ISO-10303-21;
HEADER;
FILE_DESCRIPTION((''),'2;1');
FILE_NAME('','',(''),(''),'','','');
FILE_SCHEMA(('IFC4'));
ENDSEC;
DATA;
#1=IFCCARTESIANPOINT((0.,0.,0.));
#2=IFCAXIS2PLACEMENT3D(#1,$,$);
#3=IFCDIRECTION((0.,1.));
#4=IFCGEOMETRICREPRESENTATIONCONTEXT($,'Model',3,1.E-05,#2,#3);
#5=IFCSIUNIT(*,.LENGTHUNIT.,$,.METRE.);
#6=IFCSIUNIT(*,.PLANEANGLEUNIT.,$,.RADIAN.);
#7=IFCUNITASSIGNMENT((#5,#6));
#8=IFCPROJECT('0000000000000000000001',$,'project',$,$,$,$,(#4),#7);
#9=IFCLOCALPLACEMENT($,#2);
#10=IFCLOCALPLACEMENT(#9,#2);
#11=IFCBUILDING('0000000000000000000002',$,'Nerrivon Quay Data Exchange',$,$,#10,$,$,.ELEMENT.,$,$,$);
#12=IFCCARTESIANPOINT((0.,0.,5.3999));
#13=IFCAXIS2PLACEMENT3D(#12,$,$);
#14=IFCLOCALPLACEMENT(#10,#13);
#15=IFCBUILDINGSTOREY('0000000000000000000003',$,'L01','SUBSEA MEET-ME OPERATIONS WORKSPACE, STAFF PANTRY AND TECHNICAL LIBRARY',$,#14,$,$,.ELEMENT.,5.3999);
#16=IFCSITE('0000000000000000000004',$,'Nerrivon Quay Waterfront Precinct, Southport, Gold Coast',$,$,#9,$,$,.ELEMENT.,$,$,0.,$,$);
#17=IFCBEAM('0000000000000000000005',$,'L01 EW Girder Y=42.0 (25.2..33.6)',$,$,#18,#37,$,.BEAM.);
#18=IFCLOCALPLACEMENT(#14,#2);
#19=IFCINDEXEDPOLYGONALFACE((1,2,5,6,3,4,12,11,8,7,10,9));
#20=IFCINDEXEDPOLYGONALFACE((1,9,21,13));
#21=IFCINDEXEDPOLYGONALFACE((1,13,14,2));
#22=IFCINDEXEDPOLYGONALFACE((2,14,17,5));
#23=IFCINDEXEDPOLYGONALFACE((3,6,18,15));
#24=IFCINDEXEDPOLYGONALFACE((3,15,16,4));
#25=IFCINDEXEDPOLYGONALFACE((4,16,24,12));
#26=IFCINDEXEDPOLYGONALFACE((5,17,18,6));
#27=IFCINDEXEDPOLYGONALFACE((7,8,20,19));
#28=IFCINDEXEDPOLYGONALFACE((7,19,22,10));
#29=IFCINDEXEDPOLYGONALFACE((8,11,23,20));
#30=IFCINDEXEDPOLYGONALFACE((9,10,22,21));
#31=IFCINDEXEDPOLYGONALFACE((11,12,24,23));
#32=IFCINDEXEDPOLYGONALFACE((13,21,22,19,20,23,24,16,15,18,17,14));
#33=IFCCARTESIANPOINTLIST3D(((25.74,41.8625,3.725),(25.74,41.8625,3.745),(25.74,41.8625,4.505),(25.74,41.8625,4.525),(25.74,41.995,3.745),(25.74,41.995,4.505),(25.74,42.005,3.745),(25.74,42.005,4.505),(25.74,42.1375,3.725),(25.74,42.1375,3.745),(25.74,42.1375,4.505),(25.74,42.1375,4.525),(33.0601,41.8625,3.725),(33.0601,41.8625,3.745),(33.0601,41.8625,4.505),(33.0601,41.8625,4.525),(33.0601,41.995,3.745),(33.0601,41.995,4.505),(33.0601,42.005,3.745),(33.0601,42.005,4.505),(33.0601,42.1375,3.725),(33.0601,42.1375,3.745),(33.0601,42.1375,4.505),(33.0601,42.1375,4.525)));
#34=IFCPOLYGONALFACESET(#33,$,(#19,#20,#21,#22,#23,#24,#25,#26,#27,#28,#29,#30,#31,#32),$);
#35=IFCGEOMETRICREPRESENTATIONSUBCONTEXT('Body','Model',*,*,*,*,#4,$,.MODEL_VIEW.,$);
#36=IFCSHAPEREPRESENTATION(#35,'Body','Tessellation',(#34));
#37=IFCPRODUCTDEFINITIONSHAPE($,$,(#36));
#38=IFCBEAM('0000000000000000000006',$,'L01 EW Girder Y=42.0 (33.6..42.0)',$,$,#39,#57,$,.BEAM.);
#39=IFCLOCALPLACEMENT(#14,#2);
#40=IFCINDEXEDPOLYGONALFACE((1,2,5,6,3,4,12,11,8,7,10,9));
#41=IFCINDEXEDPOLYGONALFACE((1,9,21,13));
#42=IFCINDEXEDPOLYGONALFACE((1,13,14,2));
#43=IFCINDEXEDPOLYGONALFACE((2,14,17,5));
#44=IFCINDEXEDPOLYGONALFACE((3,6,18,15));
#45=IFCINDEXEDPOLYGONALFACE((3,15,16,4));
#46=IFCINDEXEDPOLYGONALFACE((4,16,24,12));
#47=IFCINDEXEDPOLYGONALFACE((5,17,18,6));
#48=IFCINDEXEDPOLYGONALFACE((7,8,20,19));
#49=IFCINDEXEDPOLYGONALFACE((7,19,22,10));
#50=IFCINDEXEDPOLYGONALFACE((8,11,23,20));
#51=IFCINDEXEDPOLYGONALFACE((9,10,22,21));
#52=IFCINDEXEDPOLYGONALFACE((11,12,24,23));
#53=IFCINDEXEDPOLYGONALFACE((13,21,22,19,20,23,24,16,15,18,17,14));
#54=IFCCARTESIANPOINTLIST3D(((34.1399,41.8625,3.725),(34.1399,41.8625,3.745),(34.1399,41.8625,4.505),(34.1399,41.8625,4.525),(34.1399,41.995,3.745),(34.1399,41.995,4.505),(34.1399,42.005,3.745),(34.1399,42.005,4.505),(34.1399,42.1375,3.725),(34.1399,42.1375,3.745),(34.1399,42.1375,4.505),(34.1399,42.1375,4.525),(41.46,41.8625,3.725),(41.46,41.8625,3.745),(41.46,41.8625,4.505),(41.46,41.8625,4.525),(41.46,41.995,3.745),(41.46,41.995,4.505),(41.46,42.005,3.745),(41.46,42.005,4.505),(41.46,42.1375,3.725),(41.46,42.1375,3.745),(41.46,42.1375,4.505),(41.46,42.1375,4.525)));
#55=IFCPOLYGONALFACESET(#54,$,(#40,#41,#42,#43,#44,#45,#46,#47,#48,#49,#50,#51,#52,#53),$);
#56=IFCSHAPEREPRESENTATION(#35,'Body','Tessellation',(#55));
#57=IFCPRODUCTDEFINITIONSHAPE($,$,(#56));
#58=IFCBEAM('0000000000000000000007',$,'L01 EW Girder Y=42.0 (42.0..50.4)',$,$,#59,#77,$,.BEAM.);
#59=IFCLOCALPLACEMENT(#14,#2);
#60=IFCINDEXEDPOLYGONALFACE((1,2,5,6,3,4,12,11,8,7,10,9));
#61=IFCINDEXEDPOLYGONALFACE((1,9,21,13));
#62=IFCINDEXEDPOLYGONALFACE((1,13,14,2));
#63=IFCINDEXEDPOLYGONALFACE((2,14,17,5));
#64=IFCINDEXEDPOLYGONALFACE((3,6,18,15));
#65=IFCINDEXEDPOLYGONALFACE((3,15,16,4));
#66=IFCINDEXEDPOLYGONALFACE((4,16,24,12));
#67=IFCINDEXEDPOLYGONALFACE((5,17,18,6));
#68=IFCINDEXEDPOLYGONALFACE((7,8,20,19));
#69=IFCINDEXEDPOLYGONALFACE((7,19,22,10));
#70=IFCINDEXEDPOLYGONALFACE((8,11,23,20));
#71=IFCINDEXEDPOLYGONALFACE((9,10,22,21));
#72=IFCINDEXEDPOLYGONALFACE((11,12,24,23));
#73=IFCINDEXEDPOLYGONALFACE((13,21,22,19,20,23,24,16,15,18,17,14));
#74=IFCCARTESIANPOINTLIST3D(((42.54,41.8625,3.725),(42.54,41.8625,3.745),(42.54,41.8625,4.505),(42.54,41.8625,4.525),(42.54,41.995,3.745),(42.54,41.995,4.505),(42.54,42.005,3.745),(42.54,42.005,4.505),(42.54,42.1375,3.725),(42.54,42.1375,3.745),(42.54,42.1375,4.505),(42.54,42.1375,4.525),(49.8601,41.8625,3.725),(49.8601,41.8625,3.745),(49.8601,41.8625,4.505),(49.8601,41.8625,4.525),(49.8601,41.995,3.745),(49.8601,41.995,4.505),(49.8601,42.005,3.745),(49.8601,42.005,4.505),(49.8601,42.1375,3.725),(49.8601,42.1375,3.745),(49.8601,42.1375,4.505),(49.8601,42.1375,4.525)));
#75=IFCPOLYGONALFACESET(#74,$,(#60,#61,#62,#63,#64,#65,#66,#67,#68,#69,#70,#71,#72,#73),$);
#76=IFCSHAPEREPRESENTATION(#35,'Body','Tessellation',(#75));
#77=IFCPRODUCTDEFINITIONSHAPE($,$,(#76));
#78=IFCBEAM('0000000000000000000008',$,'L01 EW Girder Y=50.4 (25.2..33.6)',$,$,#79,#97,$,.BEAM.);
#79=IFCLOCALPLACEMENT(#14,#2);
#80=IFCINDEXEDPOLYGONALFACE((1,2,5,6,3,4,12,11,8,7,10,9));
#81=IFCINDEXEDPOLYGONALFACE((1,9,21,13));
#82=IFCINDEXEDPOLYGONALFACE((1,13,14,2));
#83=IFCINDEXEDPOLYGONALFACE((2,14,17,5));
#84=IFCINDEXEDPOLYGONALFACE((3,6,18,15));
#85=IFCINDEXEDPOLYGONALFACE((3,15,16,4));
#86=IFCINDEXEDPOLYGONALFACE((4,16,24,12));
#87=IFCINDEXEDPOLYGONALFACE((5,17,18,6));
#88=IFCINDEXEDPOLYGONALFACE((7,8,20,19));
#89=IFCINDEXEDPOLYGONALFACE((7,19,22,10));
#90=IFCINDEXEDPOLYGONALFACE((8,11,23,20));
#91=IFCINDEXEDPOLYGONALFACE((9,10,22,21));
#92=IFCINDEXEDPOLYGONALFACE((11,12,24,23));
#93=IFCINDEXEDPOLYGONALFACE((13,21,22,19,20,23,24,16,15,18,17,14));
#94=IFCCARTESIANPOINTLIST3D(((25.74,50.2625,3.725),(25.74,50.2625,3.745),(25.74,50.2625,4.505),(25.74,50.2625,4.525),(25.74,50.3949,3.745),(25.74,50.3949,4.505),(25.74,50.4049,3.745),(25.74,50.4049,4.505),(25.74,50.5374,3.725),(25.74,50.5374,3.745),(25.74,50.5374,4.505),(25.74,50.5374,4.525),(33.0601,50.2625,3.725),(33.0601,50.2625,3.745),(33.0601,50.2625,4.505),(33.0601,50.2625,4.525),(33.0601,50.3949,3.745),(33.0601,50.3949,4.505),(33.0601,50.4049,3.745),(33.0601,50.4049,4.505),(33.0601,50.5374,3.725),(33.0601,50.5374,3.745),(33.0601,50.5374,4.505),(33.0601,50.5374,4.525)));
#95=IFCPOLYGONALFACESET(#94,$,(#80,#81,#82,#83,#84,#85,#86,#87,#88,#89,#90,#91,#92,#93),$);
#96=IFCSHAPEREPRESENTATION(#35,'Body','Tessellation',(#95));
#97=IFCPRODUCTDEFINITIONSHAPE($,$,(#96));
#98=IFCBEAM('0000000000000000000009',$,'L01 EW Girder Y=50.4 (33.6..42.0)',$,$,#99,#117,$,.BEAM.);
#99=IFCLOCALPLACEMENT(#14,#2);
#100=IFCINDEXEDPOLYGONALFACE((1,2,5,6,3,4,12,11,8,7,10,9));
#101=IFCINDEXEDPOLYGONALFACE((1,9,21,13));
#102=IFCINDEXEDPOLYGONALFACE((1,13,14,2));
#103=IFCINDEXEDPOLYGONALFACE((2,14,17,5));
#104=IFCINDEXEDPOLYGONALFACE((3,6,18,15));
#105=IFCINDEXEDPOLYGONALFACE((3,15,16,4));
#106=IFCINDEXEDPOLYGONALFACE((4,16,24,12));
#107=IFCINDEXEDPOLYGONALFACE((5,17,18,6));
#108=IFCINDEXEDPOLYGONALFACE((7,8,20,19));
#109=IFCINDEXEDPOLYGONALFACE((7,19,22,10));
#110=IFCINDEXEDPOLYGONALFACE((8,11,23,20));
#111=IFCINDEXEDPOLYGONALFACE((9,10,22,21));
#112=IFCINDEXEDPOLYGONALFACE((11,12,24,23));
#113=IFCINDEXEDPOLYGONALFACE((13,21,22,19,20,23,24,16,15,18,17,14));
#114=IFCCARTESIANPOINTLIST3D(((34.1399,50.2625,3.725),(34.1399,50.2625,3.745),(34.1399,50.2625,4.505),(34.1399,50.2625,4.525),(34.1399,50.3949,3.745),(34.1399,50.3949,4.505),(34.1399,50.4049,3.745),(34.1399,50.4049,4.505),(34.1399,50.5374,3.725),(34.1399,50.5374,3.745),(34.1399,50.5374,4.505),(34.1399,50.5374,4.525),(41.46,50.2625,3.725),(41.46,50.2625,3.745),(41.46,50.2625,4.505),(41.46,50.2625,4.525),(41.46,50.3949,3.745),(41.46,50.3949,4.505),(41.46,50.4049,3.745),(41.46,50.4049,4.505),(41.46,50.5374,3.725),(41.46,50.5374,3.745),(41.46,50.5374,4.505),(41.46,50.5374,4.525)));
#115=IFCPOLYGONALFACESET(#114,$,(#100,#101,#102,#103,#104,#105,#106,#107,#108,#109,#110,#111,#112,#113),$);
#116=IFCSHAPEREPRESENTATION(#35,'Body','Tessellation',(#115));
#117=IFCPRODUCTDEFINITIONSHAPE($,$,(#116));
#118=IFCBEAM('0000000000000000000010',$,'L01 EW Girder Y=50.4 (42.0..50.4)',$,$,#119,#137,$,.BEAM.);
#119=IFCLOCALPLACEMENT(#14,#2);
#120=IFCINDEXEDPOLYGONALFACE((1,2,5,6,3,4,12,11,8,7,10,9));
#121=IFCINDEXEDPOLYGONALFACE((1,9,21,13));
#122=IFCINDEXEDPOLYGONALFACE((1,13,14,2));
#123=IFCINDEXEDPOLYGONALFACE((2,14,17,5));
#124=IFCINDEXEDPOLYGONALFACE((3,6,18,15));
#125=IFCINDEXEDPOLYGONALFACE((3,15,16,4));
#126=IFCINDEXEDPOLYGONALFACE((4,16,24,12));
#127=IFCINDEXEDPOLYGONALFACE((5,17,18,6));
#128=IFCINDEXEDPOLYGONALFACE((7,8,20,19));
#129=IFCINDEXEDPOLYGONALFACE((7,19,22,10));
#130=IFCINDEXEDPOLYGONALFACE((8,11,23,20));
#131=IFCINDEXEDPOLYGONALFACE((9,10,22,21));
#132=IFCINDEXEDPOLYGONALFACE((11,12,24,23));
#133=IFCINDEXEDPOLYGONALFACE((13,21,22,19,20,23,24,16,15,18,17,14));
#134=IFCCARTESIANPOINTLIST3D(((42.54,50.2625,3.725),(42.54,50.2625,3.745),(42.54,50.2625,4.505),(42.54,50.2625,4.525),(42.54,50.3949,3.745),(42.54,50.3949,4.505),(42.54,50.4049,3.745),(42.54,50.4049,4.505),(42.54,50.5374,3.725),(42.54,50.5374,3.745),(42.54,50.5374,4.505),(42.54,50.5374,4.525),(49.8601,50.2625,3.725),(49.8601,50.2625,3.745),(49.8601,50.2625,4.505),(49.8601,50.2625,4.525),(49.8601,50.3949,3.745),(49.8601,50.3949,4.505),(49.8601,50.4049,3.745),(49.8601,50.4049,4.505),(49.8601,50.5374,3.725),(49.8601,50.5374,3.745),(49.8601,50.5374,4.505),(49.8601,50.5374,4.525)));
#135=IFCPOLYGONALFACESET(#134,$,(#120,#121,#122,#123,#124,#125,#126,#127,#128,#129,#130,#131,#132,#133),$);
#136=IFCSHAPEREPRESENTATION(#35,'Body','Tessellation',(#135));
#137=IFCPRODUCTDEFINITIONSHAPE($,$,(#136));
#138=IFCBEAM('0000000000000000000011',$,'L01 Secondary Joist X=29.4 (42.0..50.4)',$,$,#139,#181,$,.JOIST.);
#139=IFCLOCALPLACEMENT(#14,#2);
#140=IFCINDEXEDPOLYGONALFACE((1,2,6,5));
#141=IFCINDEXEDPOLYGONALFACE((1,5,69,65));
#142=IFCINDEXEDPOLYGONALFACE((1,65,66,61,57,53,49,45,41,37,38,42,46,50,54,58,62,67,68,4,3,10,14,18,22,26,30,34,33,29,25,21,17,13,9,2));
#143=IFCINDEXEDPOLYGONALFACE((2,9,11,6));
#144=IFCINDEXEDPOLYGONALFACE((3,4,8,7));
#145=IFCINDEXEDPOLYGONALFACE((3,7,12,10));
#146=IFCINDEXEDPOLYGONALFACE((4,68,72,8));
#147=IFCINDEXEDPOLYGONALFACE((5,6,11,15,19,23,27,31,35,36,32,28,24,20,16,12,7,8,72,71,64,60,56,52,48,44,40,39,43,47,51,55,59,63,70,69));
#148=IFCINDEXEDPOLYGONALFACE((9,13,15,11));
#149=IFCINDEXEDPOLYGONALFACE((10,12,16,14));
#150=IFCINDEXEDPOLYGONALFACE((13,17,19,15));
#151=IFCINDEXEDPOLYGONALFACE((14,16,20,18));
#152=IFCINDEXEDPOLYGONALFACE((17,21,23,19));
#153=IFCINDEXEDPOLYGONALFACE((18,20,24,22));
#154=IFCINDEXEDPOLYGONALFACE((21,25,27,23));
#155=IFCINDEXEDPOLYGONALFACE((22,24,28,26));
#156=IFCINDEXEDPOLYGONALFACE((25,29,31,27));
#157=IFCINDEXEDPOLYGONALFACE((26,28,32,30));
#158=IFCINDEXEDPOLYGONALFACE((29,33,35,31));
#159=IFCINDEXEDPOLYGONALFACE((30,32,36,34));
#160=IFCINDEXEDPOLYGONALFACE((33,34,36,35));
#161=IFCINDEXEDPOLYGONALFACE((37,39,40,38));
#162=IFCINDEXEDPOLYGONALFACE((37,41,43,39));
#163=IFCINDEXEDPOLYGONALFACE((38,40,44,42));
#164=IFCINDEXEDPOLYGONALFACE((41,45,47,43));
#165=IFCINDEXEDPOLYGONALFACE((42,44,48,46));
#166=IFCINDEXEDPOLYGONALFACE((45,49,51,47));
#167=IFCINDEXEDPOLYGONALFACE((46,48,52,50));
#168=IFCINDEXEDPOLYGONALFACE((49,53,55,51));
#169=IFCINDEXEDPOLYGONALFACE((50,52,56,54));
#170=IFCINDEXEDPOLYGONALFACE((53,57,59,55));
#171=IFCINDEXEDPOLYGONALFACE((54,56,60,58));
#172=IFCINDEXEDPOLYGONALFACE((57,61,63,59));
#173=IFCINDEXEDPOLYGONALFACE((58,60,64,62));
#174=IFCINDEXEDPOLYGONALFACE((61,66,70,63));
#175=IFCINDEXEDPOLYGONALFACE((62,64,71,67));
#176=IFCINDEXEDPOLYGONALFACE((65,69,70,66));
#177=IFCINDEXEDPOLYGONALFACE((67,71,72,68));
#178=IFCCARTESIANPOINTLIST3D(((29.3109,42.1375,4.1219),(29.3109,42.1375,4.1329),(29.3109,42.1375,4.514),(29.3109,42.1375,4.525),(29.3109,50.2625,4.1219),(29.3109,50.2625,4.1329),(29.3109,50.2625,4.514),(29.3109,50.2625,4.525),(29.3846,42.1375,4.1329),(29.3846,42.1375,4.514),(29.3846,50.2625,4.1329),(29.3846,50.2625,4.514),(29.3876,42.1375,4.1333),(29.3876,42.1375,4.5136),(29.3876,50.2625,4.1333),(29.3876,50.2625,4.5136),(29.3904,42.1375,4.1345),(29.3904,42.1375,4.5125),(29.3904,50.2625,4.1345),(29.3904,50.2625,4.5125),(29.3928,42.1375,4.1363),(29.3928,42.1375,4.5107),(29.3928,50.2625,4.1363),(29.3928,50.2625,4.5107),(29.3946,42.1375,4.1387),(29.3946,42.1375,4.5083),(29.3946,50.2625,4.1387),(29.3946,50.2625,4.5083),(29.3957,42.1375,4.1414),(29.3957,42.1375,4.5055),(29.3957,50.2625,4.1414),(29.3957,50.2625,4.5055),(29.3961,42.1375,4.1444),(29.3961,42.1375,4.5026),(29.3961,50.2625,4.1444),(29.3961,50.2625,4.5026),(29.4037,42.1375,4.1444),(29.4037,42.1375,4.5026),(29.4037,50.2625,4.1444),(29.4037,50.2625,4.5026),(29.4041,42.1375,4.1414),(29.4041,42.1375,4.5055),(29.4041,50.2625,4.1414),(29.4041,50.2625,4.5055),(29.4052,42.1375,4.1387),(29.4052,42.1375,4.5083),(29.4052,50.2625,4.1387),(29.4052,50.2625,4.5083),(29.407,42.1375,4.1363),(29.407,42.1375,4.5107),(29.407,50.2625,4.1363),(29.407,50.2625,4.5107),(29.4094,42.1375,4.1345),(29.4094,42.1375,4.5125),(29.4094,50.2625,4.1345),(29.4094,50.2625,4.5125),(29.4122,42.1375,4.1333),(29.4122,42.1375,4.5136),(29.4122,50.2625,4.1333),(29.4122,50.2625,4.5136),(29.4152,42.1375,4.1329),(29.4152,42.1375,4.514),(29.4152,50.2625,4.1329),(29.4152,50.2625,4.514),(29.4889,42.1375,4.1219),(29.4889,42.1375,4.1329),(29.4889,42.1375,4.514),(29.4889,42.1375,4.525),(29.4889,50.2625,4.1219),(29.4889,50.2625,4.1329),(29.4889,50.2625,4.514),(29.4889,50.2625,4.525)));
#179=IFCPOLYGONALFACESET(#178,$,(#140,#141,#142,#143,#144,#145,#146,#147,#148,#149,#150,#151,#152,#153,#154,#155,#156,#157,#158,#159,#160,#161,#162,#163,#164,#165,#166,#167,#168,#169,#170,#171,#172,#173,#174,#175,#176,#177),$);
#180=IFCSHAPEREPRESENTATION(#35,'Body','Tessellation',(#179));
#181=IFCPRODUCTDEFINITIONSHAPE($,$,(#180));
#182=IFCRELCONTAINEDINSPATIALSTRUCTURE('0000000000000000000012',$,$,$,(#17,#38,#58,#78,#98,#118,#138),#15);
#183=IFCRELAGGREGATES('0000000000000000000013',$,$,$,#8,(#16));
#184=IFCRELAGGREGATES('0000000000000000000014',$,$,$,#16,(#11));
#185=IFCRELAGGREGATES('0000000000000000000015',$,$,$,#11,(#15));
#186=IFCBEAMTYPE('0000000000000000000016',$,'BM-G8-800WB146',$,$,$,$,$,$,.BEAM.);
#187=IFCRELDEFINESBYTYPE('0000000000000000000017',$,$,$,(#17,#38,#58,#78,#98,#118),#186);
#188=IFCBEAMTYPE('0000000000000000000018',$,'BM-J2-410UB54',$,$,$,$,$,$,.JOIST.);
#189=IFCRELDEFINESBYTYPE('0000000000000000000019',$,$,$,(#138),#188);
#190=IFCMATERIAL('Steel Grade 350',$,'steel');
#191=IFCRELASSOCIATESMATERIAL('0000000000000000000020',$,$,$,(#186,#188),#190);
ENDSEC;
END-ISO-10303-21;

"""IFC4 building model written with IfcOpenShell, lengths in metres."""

from ifc_helpers import new_model, si_unit, direction, frame, origin, origin_2d, place, context, subcontext, project, spatial, i_section, extrude, material, material_profile, profile_set, type_object, element, save


model = new_model("IFC4")

# Units and contexts
model_context = context("Model", 3, precision=1e-05, world=origin(), true_north=direction((0.0, 1.0)))
body_context = subcontext(model_context, "Body", "Model", "MODEL_VIEW")
ifc_project = project(units=[si_unit("LENGTHUNIT", "METRE"), si_unit("PLANEANGLEUNIT", "RADIAN")], contexts=[model_context])

# Site, building, storey
site_placement = place(None, origin())
site = spatial("IfcSite", under=ifc_project, at=site_placement, Name="Nerrivon Quay Waterfront Precinct, Southport, Gold Coast", CompositionType="ELEMENT", RefElevation=0.0)
building_placement = place(site_placement, origin())
building = spatial("IfcBuilding", under=site, at=building_placement, Name="Nerrivon Quay Data Exchange", CompositionType="ELEMENT")
storey_placement = place(building_placement, frame((0.0, 0.0, 5.3999)))
storey = spatial("IfcBuildingStorey", under=building, at=storey_placement, Name="L01", Description="SUBSEA MEET-ME OPERATIONS WORKSPACE, STAFF PANTRY AND TECHNICAL LIBRARY", CompositionType="ELEMENT", Elevation=5.3999)

# Beams
ifc_material_1 = material(Name="Steel Grade 350", Category="steel")
ifc_material_profile_1 = material_profile(ifc_material_1, i_section(OverallWidth=0.2749, OverallDepth=0.8, WebThickness=0.01, FlangeThickness=0.02, at=origin_2d()), Name="800WB146")
ifc_profile_set_1 = profile_set([ifc_material_profile_1], Name="Steel Grade 350")
beam_type_1 = type_object("IfcBeamType", Name="BM-G8-800WB146", PredefinedType="BEAM", material=ifc_profile_set_1)
for number, where, z_axis, x_axis, name in (
    (1, (25.74, 42.0, 4.125), (1.0, 0.0, 0.0), (0.0, 1.0, 0.0), "L01 EW Girder Y=42.0 (25.2..33.6)"),
    (2, (34.1399, 42.0, 4.125), (1.0, 0.0, 0.0), (0.0, 1.0, 0.0), "L01 EW Girder Y=42.0 (33.6..42.0)"),
    (3, (42.54, 42.0, 4.125), (1.0, 0.0, 0.0), (0.0, 1.0, 0.0), "L01 EW Girder Y=42.0 (42.0..50.4)"),
    (4, (25.74, 50.3999, 4.125), (1.0, 0.0, 0.0), (0.0, 1.0, 0.0), "L01 EW Girder Y=50.4 (25.2..33.6)"),
    (5, (34.1399, 50.3999, 4.125), (1.0, 0.0, 0.0), (0.0, 1.0, 0.0), "L01 EW Girder Y=50.4 (33.6..42.0)"),
    (6, (42.54, 50.3999, 4.125), (1.0, 0.0, 0.0), (0.0, 1.0, 0.0), "L01 EW Girder Y=50.4 (42.0..50.4)"),
):
    element("IfcBeam", number, at=place(storey_placement, frame(where, z_axis=z_axis, x_axis=x_axis)), inside=storey, type_object=beam_type_1, Name=name, PredefinedType="BEAM", context=body_context, shape_type="SweptSolid", body=[
        extrude(i_section(OverallWidth=0.2749, OverallDepth=0.8, WebThickness=0.01, FlangeThickness=0.02, at=origin_2d()), origin(), (0.0, 0.0, 1.0), 7.3201),
    ])
ifc_material_profile_2 = material_profile(ifc_material_1, i_section(OverallWidth=0.178, OverallDepth=0.4031, WebThickness=0.0076, FlangeThickness=0.011, FilletRadius=0.0115, at=origin_2d()), Name="410UB53.7")
ifc_profile_set_2 = profile_set([ifc_material_profile_2], Name="Steel Grade 350")
beam_type_2 = type_object("IfcBeamType", Name="BM-J2-410UB54", PredefinedType="JOIST", material=ifc_profile_set_2)
for number, where, z_axis, x_axis, name in (
    (7, (29.3999, 42.1375, 4.3235), (0.0, 1.0, 0.0), (-1.0, 0.0, 0.0), "L01 Secondary Joist X=29.4 (42.0..50.4)"),
):
    element("IfcBeam", number, at=place(storey_placement, frame(where, z_axis=z_axis, x_axis=x_axis)), inside=storey, type_object=beam_type_2, Name=name, PredefinedType="JOIST", context=body_context, shape_type="SweptSolid", body=[
        extrude(i_section(OverallWidth=0.178, OverallDepth=0.4031, WebThickness=0.0076, FlangeThickness=0.011, FilletRadius=0.0115, at=origin_2d()), origin(), (0.0, 0.0, 1.0), 8.125),
    ])

save(model, "model.ifc")
